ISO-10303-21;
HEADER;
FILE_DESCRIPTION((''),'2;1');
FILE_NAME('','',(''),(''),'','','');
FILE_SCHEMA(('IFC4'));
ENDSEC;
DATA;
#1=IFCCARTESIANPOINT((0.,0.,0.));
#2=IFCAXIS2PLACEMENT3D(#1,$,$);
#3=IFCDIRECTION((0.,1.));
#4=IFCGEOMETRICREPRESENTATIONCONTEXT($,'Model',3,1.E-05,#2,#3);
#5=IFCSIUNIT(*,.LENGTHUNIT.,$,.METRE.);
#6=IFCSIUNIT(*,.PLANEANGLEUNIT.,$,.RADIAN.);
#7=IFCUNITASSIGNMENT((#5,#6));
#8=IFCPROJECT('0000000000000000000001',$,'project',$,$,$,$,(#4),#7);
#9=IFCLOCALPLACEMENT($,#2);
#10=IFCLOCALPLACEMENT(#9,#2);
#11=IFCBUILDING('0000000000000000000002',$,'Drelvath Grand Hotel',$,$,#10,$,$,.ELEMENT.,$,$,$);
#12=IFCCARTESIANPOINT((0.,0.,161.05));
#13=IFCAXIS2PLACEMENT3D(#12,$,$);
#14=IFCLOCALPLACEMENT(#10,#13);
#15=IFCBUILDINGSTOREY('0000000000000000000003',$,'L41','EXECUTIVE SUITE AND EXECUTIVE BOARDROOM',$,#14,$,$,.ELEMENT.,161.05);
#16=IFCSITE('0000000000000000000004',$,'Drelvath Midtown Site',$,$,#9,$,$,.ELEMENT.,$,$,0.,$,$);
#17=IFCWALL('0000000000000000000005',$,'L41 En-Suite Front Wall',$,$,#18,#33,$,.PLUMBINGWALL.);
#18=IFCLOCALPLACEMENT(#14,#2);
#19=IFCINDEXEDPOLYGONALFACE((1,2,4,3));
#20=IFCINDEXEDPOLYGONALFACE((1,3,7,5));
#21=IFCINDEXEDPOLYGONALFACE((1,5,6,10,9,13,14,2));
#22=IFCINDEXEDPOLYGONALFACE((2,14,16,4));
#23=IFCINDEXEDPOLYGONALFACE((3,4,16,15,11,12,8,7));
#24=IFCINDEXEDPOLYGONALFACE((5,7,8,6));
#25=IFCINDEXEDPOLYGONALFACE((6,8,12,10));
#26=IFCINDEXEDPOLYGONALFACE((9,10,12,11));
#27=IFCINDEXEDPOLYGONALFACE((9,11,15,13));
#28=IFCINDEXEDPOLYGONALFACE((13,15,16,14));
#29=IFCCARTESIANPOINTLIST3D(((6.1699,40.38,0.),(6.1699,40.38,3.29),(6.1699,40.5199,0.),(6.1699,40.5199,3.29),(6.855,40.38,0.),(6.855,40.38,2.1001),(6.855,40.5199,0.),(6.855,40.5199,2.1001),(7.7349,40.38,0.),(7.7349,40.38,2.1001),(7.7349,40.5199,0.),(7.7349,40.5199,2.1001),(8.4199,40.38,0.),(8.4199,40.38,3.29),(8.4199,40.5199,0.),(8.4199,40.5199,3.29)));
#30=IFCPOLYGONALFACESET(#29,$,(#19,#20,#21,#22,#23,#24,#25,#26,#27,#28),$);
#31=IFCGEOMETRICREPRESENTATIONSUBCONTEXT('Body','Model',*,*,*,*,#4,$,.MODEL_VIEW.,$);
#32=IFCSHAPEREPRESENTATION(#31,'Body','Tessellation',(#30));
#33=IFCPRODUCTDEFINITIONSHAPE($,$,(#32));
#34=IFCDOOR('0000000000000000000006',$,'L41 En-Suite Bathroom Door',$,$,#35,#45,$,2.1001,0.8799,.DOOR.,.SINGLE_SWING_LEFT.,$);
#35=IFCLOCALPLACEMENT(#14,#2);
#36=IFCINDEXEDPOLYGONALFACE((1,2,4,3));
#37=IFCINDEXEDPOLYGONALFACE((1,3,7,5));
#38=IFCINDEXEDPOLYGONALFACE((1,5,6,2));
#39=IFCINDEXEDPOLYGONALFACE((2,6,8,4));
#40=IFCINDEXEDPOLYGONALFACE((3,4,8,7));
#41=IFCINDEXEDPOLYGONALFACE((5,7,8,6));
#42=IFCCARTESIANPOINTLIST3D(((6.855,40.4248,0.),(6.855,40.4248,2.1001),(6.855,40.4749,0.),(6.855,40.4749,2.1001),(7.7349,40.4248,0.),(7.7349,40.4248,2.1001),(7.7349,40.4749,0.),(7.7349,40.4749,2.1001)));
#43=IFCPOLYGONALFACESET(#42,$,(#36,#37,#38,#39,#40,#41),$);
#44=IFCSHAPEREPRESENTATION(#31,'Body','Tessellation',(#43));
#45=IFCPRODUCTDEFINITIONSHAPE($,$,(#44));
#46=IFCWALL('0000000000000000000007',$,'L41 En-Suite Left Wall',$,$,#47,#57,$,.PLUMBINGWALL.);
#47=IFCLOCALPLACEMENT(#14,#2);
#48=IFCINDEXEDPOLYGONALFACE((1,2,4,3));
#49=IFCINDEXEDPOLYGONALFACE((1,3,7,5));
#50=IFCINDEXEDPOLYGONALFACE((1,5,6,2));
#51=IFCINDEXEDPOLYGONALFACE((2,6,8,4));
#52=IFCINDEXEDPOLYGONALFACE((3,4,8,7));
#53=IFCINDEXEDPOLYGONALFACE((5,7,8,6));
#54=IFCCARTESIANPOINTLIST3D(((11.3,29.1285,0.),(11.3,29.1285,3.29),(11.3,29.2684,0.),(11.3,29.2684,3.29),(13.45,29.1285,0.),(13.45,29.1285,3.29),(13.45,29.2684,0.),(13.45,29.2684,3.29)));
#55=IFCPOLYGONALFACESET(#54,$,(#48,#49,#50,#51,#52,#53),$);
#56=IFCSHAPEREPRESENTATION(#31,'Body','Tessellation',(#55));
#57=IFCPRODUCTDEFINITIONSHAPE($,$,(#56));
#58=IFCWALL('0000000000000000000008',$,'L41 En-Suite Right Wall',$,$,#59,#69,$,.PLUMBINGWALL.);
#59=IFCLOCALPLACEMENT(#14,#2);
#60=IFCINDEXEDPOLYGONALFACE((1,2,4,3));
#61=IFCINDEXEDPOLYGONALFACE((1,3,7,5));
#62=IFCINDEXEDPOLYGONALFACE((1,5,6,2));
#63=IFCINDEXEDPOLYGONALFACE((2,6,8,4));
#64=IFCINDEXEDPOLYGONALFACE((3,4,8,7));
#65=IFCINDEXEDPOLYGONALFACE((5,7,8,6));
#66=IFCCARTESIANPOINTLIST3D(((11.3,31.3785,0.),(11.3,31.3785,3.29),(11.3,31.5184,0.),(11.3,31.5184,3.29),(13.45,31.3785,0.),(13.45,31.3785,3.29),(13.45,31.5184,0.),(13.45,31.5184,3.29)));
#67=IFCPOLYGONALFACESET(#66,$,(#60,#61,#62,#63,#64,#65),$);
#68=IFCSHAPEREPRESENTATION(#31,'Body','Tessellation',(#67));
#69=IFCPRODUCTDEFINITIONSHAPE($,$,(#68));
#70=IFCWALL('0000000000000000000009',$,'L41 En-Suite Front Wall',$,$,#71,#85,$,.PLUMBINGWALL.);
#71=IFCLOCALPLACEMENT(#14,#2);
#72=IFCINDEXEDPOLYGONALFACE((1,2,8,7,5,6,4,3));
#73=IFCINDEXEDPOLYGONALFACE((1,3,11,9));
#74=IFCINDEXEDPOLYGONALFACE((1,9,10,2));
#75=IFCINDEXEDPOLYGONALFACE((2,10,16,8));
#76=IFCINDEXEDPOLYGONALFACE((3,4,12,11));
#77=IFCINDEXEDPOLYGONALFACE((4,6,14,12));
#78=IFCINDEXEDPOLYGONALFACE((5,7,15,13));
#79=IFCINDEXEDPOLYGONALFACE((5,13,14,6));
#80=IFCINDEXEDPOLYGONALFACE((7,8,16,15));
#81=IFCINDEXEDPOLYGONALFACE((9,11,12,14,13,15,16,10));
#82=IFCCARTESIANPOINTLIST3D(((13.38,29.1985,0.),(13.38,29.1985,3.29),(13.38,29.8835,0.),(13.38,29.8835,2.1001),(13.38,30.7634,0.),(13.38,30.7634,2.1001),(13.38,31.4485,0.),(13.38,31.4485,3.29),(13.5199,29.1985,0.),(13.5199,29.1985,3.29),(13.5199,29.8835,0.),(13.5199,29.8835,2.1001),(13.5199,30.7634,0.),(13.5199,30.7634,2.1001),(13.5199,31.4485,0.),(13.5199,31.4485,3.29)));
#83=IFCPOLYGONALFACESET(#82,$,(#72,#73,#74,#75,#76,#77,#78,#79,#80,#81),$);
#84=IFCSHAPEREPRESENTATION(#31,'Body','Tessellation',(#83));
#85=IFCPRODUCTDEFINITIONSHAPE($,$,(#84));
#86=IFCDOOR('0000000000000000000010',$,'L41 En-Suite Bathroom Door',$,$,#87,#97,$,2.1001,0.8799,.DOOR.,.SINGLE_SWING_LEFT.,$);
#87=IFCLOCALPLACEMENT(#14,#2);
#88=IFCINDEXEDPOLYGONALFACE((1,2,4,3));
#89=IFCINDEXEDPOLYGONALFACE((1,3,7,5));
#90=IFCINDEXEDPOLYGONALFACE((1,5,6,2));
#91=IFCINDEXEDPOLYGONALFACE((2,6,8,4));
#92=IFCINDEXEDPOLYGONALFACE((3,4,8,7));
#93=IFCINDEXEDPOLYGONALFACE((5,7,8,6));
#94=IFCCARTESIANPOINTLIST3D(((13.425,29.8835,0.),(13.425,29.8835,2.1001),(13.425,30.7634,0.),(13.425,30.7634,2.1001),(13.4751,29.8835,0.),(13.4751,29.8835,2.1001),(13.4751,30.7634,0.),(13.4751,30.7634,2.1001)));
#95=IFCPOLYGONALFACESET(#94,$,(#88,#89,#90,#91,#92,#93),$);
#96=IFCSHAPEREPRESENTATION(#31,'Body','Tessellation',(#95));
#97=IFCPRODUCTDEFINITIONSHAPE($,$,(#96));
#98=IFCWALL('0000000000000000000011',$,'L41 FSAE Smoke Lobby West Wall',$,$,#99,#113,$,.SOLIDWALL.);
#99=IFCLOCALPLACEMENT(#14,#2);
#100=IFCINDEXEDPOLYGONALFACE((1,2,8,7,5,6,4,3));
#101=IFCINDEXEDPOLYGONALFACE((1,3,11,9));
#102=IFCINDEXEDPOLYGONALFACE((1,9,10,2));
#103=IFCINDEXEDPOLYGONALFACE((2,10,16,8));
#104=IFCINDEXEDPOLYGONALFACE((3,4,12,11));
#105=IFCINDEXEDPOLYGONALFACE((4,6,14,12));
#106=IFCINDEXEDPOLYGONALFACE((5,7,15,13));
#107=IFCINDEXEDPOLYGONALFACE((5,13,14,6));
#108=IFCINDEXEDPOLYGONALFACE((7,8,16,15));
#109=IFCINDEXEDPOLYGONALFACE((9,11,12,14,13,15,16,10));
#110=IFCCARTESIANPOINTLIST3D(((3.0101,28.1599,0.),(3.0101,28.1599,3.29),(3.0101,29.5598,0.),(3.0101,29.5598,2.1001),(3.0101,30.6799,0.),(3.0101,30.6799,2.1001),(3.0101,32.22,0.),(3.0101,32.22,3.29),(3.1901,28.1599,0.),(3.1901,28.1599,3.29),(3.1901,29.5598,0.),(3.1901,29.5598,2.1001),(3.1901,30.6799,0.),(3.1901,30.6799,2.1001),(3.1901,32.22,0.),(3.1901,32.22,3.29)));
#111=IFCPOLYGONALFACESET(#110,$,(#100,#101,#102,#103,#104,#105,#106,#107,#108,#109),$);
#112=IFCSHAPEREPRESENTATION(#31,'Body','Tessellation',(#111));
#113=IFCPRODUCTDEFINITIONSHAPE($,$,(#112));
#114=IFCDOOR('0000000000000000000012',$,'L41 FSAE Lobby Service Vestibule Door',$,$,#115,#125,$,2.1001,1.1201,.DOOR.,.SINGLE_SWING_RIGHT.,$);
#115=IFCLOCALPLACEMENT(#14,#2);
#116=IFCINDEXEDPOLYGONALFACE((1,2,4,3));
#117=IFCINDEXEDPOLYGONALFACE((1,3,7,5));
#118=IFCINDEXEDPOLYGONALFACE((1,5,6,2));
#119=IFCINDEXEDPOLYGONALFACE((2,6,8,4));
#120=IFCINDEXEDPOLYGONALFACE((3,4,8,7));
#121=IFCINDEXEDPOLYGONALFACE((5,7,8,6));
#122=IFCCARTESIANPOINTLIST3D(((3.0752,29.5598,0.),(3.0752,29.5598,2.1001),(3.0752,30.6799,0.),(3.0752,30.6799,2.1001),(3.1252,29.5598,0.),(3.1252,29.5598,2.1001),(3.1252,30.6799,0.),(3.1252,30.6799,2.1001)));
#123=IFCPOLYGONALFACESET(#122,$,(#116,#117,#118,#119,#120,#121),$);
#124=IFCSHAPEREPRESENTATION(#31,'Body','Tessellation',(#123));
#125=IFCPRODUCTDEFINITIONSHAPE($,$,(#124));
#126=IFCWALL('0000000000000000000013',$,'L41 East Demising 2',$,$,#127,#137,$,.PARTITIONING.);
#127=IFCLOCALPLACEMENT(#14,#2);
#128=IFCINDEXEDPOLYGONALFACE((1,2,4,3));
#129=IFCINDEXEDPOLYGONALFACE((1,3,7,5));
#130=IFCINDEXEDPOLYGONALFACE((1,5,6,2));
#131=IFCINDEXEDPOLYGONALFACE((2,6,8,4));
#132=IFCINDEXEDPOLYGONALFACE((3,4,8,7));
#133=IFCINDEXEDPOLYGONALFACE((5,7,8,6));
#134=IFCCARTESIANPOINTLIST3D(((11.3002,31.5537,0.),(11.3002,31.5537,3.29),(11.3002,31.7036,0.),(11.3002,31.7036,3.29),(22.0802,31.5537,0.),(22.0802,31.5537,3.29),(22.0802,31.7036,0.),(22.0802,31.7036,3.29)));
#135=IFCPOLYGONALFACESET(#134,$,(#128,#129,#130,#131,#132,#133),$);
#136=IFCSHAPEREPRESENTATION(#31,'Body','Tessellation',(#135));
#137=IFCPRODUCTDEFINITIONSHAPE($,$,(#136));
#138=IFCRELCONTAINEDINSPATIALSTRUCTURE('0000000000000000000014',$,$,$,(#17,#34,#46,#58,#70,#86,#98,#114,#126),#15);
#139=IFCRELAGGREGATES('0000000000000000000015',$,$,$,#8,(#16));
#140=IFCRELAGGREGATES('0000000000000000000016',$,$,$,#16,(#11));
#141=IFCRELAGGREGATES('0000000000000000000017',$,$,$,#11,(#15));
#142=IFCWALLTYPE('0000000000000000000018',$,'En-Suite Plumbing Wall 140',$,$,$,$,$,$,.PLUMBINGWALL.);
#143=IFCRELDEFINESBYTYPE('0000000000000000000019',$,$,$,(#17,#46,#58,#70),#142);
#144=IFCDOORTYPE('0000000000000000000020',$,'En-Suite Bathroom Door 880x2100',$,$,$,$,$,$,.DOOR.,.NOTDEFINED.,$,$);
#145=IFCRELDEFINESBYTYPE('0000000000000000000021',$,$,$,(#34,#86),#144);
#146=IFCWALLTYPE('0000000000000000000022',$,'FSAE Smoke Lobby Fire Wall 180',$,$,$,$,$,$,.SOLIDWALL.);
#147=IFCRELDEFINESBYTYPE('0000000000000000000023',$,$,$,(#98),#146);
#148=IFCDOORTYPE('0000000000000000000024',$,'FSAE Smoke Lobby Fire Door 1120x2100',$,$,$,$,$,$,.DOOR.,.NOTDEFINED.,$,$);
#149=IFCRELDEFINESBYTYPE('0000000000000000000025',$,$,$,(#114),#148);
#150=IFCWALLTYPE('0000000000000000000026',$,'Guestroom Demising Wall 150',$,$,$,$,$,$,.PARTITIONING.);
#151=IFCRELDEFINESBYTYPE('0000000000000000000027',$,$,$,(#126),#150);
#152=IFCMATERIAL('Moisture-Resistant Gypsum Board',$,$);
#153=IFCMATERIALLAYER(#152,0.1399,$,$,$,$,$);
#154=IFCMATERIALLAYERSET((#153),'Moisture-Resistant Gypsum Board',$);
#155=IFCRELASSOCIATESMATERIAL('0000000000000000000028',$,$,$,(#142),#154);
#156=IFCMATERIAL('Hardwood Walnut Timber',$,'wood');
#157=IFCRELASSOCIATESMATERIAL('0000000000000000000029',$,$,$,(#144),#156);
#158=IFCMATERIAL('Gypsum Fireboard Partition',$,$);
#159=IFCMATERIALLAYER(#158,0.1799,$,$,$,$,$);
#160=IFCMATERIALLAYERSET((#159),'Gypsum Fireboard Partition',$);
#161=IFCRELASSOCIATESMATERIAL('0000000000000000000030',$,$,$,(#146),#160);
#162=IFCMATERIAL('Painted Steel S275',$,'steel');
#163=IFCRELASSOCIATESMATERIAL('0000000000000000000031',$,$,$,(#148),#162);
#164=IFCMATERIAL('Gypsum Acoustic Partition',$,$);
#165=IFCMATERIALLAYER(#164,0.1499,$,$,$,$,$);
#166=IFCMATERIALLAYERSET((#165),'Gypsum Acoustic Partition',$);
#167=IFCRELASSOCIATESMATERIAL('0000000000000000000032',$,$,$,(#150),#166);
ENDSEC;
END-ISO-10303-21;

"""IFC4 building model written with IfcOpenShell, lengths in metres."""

from ifc_helpers import new_model, si_unit, direction, frame, frame_2d, origin, place, context, subcontext, project, spatial, rectangle, extrude, material, layer, layer_set, type_object, element, fill, save


model = new_model("IFC4")

# Units and contexts
model_context = context("Model", 3, precision=1e-05, world=origin(), true_north=direction((0.0, 1.0)))
body_context = subcontext(model_context, "Body", "Model", "MODEL_VIEW")
ifc_project = project(units=[si_unit("LENGTHUNIT", "METRE"), si_unit("PLANEANGLEUNIT", "RADIAN")], contexts=[model_context])

# Site, building, storey
site_placement = place(None, origin())
site = spatial("IfcSite", under=ifc_project, at=site_placement, Name="Drelvath Midtown Site", CompositionType="ELEMENT", RefElevation=0.0)
building_placement = place(site_placement, origin())
building = spatial("IfcBuilding", under=site, at=building_placement, Name="Drelvath Grand Hotel", CompositionType="ELEMENT")
storey_placement = place(building_placement, frame((0.0, 0.0, 161.05)))
storey = spatial("IfcBuildingStorey", under=building, at=storey_placement, Name="L41", Description="EXECUTIVE SUITE AND EXECUTIVE BOARDROOM", CompositionType="ELEMENT", Elevation=161.05)

# Shared definitions
ifc_material_1 = material(Name="Painted Steel S275", Category="steel")

# Shared definitions
ifc_material_2 = material(Name="Gypsum Fireboard Partition")
ifc_material_3 = material(Name="Moisture-Resistant Gypsum Board")
ifc_layer_1 = layer(ifc_material_3, 0.1399)
ifc_layer_set_1 = layer_set([ifc_layer_1], Name="Moisture-Resistant Gypsum Board")
wall_type_1 = type_object("IfcWallType", Name="En-Suite Plumbing Wall 140", PredefinedType="PLUMBINGWALL", material=ifc_layer_set_1)

# Wall, opening, door
wall_1_placement = place(storey_placement, frame((6.1699, 40.45, 0.0), z_axis=(0.0, 0.0, 1.0), x_axis=(1.0, 0.0, 0.0)))
wall_1 = element("IfcWall", 1, at=wall_1_placement, inside=storey, type_object=wall_type_1, Name="L41 En-Suite Front Wall", PredefinedType="PLUMBINGWALL", context=body_context, shape_type="SweptSolid", body=[
    extrude(rectangle(XDim=2.25, YDim=0.1399, at=frame_2d((1.125, 0.0))), origin(), (0.0, 0.0, 1.0), 3.29),
])
opening_1_placement = place(wall_1_placement, frame((0.6851, 0.0, 0.0)))
opening_1 = element("IfcOpeningElement", 2, at=opening_1_placement, cuts=wall_1, PredefinedType="OPENING", context=body_context, shape_type="SweptSolid", body=[
    extrude(rectangle(XDim=0.8799, YDim=2.1001, at=frame_2d((0.4399, 1.05))), frame((0.0, 0.0798, 0.0), z_axis=(0.0, -1.0, 0.0), x_axis=(1.0, 0.0, 0.0)), (0.0, 0.0, 1.0), 0.1599),
])
ifc_material_4 = material(Name="Hardwood Walnut Timber", Category="wood")
door_type_1 = type_object("IfcDoorType", Name="En-Suite Bathroom Door 880x2100", OperationType="NOTDEFINED", PredefinedType="DOOR", material=ifc_material_4)
door_1_placement = place(opening_1_placement, origin())
door_1 = element("IfcDoor", 3, at=door_1_placement, inside=storey, type_object=door_type_1, Name="L41 En-Suite Bathroom Door", OperationType="SINGLE_SWING_LEFT", OverallHeight=2.1001, OverallWidth=0.8799, PredefinedType="DOOR", context=body_context, shape_type="SweptSolid", body=[
    extrude(rectangle(XDim=0.8799, YDim=2.1001, at=frame_2d((0.4399, 1.05))), frame((0.0, 0.0249, 0.0), z_axis=(0.0, -1.0, 0.0), x_axis=(1.0, 0.0, 0.0)), (0.0, 0.0, 1.0), 0.05),
])
fill(opening_1, door_1)

# Walls
for number, where, z_axis, x_axis, name in (
    (4, (11.3, 29.1985, 0.0), (0.0, 0.0, 1.0), (1.0, 0.0, 0.0), "L41 En-Suite Left Wall"),
    (5, (11.3, 31.4485, 0.0), (0.0, 0.0, 1.0), (1.0, 0.0, 0.0), "L41 En-Suite Right Wall"),
):
    element("IfcWall", number, at=place(storey_placement, frame(where, z_axis=z_axis, x_axis=x_axis)), inside=storey, type_object=wall_type_1, Name=name, PredefinedType="PLUMBINGWALL", context=body_context, shape_type="SweptSolid", body=[
        extrude(rectangle(XDim=2.1499, YDim=0.1399, at=frame_2d((1.075, 0.0))), origin(), (0.0, 0.0, 1.0), 3.29),
    ])

# Walls, openings, doors
wall_2_placement = place(storey_placement, frame((13.45, 29.1985, 0.0), z_axis=(0.0, 0.0, 1.0), x_axis=(0.0, 1.0, 0.0)))
wall_2 = element("IfcWall", 6, at=wall_2_placement, inside=storey, type_object=wall_type_1, Name="L41 En-Suite Front Wall", PredefinedType="PLUMBINGWALL", context=body_context, shape_type="SweptSolid", body=[
    extrude(rectangle(XDim=2.25, YDim=0.1399, at=frame_2d((1.125, 0.0))), origin(), (0.0, 0.0, 1.0), 3.29),
])
opening_2_placement = place(wall_2_placement, frame((0.6851, 0.0, 0.0)))
opening_2 = element("IfcOpeningElement", 7, at=opening_2_placement, cuts=wall_2, PredefinedType="OPENING", context=body_context, shape_type="SweptSolid", body=[
    extrude(rectangle(XDim=0.8799, YDim=2.1001, at=frame_2d((0.4399, 1.05))), frame((0.0, 0.0798, 0.0), z_axis=(0.0, -1.0, 0.0), x_axis=(1.0, 0.0, 0.0)), (0.0, 0.0, 1.0), 0.1599),
])
door_2_placement = place(opening_2_placement, origin())
door_2 = element("IfcDoor", 8, at=door_2_placement, inside=storey, type_object=door_type_1, Name="L41 En-Suite Bathroom Door", OperationType="SINGLE_SWING_LEFT", OverallHeight=2.1001, OverallWidth=0.8799, PredefinedType="DOOR", context=body_context, shape_type="SweptSolid", body=[
    extrude(rectangle(XDim=0.8799, YDim=2.1001, at=frame_2d((0.4399, 1.05))), frame((0.0, 0.0249, 0.0), z_axis=(0.0, -1.0, 0.0), x_axis=(1.0, 0.0, 0.0)), (0.0, 0.0, 1.0), 0.05),
])
fill(opening_2, door_2)
ifc_layer_2 = layer(ifc_material_2, 0.1799)
ifc_layer_set_2 = layer_set([ifc_layer_2], Name="Gypsum Fireboard Partition")
wall_type_2 = type_object("IfcWallType", Name="FSAE Smoke Lobby Fire Wall 180", PredefinedType="SOLIDWALL", material=ifc_layer_set_2)
wall_3_placement = place(storey_placement, frame((3.1001, 28.1599, 0.0), z_axis=(0.0, 0.0, 1.0), x_axis=(0.0, 1.0, 0.0)))
wall_3 = element("IfcWall", 9, at=wall_3_placement, inside=storey, type_object=wall_type_2, Name="L41 FSAE Smoke Lobby West Wall", PredefinedType="SOLIDWALL", context=body_context, shape_type="SweptSolid", body=[
    extrude(rectangle(XDim=4.0601, YDim=0.1799, at=frame_2d((2.03, 0.0))), origin(), (0.0, 0.0, 1.0), 3.29),
])
opening_3_placement = place(wall_3_placement, frame((1.3999, 0.0, 0.0)))
opening_3 = element("IfcOpeningElement", 10, at=opening_3_placement, cuts=wall_3, PredefinedType="OPENING", context=body_context, shape_type="SweptSolid", body=[
    extrude(rectangle(XDim=1.1201, YDim=2.1001, at=frame_2d((0.5601, 1.05))), frame((0.0, 0.0999, 0.0), z_axis=(0.0, -1.0, 0.0), x_axis=(1.0, 0.0, 0.0)), (0.0, 0.0, 1.0), 0.2),
])
door_type_2 = type_object("IfcDoorType", Name="FSAE Smoke Lobby Fire Door 1120x2100", OperationType="NOTDEFINED", PredefinedType="DOOR", material=ifc_material_1)
door_3_placement = place(opening_3_placement, origin())
door_3 = element("IfcDoor", 11, at=door_3_placement, inside=storey, type_object=door_type_2, Name="L41 FSAE Lobby Service Vestibule Door", OperationType="SINGLE_SWING_RIGHT", OverallHeight=2.1001, OverallWidth=1.1201, PredefinedType="DOOR", context=body_context, shape_type="SweptSolid", body=[
    extrude(rectangle(XDim=1.1201, YDim=2.1001, at=frame_2d((0.5601, 1.05))), frame((0.0, 0.0249, 0.0), z_axis=(0.0, -1.0, 0.0), x_axis=(1.0, 0.0, 0.0)), (0.0, 0.0, 1.0), 0.05),
])
fill(opening_3, door_3)

# Wall
ifc_material_5 = material(Name="Gypsum Acoustic Partition")
ifc_layer_3 = layer(ifc_material_5, 0.1499)
ifc_layer_set_3 = layer_set([ifc_layer_3], Name="Gypsum Acoustic Partition")
wall_type_3 = type_object("IfcWallType", Name="Guestroom Demising Wall 150", PredefinedType="PARTITIONING", material=ifc_layer_set_3)
wall_4_placement = place(storey_placement, frame((11.3, 31.6287, 0.0), z_axis=(0.0, 0.0, 1.0), x_axis=(1.0, 0.0, 0.0)))
element("IfcWall", 12, at=wall_4_placement, inside=storey, type_object=wall_type_3, Name="L41 East Demising 2", PredefinedType="PARTITIONING", context=body_context, shape_type="SweptSolid", body=[
    extrude(rectangle(XDim=10.78, YDim=0.1499, at=frame_2d((5.3901, 0.0))), origin(), (0.0, 0.0, 1.0), 3.29),
])

save(model, "model.ifc")
